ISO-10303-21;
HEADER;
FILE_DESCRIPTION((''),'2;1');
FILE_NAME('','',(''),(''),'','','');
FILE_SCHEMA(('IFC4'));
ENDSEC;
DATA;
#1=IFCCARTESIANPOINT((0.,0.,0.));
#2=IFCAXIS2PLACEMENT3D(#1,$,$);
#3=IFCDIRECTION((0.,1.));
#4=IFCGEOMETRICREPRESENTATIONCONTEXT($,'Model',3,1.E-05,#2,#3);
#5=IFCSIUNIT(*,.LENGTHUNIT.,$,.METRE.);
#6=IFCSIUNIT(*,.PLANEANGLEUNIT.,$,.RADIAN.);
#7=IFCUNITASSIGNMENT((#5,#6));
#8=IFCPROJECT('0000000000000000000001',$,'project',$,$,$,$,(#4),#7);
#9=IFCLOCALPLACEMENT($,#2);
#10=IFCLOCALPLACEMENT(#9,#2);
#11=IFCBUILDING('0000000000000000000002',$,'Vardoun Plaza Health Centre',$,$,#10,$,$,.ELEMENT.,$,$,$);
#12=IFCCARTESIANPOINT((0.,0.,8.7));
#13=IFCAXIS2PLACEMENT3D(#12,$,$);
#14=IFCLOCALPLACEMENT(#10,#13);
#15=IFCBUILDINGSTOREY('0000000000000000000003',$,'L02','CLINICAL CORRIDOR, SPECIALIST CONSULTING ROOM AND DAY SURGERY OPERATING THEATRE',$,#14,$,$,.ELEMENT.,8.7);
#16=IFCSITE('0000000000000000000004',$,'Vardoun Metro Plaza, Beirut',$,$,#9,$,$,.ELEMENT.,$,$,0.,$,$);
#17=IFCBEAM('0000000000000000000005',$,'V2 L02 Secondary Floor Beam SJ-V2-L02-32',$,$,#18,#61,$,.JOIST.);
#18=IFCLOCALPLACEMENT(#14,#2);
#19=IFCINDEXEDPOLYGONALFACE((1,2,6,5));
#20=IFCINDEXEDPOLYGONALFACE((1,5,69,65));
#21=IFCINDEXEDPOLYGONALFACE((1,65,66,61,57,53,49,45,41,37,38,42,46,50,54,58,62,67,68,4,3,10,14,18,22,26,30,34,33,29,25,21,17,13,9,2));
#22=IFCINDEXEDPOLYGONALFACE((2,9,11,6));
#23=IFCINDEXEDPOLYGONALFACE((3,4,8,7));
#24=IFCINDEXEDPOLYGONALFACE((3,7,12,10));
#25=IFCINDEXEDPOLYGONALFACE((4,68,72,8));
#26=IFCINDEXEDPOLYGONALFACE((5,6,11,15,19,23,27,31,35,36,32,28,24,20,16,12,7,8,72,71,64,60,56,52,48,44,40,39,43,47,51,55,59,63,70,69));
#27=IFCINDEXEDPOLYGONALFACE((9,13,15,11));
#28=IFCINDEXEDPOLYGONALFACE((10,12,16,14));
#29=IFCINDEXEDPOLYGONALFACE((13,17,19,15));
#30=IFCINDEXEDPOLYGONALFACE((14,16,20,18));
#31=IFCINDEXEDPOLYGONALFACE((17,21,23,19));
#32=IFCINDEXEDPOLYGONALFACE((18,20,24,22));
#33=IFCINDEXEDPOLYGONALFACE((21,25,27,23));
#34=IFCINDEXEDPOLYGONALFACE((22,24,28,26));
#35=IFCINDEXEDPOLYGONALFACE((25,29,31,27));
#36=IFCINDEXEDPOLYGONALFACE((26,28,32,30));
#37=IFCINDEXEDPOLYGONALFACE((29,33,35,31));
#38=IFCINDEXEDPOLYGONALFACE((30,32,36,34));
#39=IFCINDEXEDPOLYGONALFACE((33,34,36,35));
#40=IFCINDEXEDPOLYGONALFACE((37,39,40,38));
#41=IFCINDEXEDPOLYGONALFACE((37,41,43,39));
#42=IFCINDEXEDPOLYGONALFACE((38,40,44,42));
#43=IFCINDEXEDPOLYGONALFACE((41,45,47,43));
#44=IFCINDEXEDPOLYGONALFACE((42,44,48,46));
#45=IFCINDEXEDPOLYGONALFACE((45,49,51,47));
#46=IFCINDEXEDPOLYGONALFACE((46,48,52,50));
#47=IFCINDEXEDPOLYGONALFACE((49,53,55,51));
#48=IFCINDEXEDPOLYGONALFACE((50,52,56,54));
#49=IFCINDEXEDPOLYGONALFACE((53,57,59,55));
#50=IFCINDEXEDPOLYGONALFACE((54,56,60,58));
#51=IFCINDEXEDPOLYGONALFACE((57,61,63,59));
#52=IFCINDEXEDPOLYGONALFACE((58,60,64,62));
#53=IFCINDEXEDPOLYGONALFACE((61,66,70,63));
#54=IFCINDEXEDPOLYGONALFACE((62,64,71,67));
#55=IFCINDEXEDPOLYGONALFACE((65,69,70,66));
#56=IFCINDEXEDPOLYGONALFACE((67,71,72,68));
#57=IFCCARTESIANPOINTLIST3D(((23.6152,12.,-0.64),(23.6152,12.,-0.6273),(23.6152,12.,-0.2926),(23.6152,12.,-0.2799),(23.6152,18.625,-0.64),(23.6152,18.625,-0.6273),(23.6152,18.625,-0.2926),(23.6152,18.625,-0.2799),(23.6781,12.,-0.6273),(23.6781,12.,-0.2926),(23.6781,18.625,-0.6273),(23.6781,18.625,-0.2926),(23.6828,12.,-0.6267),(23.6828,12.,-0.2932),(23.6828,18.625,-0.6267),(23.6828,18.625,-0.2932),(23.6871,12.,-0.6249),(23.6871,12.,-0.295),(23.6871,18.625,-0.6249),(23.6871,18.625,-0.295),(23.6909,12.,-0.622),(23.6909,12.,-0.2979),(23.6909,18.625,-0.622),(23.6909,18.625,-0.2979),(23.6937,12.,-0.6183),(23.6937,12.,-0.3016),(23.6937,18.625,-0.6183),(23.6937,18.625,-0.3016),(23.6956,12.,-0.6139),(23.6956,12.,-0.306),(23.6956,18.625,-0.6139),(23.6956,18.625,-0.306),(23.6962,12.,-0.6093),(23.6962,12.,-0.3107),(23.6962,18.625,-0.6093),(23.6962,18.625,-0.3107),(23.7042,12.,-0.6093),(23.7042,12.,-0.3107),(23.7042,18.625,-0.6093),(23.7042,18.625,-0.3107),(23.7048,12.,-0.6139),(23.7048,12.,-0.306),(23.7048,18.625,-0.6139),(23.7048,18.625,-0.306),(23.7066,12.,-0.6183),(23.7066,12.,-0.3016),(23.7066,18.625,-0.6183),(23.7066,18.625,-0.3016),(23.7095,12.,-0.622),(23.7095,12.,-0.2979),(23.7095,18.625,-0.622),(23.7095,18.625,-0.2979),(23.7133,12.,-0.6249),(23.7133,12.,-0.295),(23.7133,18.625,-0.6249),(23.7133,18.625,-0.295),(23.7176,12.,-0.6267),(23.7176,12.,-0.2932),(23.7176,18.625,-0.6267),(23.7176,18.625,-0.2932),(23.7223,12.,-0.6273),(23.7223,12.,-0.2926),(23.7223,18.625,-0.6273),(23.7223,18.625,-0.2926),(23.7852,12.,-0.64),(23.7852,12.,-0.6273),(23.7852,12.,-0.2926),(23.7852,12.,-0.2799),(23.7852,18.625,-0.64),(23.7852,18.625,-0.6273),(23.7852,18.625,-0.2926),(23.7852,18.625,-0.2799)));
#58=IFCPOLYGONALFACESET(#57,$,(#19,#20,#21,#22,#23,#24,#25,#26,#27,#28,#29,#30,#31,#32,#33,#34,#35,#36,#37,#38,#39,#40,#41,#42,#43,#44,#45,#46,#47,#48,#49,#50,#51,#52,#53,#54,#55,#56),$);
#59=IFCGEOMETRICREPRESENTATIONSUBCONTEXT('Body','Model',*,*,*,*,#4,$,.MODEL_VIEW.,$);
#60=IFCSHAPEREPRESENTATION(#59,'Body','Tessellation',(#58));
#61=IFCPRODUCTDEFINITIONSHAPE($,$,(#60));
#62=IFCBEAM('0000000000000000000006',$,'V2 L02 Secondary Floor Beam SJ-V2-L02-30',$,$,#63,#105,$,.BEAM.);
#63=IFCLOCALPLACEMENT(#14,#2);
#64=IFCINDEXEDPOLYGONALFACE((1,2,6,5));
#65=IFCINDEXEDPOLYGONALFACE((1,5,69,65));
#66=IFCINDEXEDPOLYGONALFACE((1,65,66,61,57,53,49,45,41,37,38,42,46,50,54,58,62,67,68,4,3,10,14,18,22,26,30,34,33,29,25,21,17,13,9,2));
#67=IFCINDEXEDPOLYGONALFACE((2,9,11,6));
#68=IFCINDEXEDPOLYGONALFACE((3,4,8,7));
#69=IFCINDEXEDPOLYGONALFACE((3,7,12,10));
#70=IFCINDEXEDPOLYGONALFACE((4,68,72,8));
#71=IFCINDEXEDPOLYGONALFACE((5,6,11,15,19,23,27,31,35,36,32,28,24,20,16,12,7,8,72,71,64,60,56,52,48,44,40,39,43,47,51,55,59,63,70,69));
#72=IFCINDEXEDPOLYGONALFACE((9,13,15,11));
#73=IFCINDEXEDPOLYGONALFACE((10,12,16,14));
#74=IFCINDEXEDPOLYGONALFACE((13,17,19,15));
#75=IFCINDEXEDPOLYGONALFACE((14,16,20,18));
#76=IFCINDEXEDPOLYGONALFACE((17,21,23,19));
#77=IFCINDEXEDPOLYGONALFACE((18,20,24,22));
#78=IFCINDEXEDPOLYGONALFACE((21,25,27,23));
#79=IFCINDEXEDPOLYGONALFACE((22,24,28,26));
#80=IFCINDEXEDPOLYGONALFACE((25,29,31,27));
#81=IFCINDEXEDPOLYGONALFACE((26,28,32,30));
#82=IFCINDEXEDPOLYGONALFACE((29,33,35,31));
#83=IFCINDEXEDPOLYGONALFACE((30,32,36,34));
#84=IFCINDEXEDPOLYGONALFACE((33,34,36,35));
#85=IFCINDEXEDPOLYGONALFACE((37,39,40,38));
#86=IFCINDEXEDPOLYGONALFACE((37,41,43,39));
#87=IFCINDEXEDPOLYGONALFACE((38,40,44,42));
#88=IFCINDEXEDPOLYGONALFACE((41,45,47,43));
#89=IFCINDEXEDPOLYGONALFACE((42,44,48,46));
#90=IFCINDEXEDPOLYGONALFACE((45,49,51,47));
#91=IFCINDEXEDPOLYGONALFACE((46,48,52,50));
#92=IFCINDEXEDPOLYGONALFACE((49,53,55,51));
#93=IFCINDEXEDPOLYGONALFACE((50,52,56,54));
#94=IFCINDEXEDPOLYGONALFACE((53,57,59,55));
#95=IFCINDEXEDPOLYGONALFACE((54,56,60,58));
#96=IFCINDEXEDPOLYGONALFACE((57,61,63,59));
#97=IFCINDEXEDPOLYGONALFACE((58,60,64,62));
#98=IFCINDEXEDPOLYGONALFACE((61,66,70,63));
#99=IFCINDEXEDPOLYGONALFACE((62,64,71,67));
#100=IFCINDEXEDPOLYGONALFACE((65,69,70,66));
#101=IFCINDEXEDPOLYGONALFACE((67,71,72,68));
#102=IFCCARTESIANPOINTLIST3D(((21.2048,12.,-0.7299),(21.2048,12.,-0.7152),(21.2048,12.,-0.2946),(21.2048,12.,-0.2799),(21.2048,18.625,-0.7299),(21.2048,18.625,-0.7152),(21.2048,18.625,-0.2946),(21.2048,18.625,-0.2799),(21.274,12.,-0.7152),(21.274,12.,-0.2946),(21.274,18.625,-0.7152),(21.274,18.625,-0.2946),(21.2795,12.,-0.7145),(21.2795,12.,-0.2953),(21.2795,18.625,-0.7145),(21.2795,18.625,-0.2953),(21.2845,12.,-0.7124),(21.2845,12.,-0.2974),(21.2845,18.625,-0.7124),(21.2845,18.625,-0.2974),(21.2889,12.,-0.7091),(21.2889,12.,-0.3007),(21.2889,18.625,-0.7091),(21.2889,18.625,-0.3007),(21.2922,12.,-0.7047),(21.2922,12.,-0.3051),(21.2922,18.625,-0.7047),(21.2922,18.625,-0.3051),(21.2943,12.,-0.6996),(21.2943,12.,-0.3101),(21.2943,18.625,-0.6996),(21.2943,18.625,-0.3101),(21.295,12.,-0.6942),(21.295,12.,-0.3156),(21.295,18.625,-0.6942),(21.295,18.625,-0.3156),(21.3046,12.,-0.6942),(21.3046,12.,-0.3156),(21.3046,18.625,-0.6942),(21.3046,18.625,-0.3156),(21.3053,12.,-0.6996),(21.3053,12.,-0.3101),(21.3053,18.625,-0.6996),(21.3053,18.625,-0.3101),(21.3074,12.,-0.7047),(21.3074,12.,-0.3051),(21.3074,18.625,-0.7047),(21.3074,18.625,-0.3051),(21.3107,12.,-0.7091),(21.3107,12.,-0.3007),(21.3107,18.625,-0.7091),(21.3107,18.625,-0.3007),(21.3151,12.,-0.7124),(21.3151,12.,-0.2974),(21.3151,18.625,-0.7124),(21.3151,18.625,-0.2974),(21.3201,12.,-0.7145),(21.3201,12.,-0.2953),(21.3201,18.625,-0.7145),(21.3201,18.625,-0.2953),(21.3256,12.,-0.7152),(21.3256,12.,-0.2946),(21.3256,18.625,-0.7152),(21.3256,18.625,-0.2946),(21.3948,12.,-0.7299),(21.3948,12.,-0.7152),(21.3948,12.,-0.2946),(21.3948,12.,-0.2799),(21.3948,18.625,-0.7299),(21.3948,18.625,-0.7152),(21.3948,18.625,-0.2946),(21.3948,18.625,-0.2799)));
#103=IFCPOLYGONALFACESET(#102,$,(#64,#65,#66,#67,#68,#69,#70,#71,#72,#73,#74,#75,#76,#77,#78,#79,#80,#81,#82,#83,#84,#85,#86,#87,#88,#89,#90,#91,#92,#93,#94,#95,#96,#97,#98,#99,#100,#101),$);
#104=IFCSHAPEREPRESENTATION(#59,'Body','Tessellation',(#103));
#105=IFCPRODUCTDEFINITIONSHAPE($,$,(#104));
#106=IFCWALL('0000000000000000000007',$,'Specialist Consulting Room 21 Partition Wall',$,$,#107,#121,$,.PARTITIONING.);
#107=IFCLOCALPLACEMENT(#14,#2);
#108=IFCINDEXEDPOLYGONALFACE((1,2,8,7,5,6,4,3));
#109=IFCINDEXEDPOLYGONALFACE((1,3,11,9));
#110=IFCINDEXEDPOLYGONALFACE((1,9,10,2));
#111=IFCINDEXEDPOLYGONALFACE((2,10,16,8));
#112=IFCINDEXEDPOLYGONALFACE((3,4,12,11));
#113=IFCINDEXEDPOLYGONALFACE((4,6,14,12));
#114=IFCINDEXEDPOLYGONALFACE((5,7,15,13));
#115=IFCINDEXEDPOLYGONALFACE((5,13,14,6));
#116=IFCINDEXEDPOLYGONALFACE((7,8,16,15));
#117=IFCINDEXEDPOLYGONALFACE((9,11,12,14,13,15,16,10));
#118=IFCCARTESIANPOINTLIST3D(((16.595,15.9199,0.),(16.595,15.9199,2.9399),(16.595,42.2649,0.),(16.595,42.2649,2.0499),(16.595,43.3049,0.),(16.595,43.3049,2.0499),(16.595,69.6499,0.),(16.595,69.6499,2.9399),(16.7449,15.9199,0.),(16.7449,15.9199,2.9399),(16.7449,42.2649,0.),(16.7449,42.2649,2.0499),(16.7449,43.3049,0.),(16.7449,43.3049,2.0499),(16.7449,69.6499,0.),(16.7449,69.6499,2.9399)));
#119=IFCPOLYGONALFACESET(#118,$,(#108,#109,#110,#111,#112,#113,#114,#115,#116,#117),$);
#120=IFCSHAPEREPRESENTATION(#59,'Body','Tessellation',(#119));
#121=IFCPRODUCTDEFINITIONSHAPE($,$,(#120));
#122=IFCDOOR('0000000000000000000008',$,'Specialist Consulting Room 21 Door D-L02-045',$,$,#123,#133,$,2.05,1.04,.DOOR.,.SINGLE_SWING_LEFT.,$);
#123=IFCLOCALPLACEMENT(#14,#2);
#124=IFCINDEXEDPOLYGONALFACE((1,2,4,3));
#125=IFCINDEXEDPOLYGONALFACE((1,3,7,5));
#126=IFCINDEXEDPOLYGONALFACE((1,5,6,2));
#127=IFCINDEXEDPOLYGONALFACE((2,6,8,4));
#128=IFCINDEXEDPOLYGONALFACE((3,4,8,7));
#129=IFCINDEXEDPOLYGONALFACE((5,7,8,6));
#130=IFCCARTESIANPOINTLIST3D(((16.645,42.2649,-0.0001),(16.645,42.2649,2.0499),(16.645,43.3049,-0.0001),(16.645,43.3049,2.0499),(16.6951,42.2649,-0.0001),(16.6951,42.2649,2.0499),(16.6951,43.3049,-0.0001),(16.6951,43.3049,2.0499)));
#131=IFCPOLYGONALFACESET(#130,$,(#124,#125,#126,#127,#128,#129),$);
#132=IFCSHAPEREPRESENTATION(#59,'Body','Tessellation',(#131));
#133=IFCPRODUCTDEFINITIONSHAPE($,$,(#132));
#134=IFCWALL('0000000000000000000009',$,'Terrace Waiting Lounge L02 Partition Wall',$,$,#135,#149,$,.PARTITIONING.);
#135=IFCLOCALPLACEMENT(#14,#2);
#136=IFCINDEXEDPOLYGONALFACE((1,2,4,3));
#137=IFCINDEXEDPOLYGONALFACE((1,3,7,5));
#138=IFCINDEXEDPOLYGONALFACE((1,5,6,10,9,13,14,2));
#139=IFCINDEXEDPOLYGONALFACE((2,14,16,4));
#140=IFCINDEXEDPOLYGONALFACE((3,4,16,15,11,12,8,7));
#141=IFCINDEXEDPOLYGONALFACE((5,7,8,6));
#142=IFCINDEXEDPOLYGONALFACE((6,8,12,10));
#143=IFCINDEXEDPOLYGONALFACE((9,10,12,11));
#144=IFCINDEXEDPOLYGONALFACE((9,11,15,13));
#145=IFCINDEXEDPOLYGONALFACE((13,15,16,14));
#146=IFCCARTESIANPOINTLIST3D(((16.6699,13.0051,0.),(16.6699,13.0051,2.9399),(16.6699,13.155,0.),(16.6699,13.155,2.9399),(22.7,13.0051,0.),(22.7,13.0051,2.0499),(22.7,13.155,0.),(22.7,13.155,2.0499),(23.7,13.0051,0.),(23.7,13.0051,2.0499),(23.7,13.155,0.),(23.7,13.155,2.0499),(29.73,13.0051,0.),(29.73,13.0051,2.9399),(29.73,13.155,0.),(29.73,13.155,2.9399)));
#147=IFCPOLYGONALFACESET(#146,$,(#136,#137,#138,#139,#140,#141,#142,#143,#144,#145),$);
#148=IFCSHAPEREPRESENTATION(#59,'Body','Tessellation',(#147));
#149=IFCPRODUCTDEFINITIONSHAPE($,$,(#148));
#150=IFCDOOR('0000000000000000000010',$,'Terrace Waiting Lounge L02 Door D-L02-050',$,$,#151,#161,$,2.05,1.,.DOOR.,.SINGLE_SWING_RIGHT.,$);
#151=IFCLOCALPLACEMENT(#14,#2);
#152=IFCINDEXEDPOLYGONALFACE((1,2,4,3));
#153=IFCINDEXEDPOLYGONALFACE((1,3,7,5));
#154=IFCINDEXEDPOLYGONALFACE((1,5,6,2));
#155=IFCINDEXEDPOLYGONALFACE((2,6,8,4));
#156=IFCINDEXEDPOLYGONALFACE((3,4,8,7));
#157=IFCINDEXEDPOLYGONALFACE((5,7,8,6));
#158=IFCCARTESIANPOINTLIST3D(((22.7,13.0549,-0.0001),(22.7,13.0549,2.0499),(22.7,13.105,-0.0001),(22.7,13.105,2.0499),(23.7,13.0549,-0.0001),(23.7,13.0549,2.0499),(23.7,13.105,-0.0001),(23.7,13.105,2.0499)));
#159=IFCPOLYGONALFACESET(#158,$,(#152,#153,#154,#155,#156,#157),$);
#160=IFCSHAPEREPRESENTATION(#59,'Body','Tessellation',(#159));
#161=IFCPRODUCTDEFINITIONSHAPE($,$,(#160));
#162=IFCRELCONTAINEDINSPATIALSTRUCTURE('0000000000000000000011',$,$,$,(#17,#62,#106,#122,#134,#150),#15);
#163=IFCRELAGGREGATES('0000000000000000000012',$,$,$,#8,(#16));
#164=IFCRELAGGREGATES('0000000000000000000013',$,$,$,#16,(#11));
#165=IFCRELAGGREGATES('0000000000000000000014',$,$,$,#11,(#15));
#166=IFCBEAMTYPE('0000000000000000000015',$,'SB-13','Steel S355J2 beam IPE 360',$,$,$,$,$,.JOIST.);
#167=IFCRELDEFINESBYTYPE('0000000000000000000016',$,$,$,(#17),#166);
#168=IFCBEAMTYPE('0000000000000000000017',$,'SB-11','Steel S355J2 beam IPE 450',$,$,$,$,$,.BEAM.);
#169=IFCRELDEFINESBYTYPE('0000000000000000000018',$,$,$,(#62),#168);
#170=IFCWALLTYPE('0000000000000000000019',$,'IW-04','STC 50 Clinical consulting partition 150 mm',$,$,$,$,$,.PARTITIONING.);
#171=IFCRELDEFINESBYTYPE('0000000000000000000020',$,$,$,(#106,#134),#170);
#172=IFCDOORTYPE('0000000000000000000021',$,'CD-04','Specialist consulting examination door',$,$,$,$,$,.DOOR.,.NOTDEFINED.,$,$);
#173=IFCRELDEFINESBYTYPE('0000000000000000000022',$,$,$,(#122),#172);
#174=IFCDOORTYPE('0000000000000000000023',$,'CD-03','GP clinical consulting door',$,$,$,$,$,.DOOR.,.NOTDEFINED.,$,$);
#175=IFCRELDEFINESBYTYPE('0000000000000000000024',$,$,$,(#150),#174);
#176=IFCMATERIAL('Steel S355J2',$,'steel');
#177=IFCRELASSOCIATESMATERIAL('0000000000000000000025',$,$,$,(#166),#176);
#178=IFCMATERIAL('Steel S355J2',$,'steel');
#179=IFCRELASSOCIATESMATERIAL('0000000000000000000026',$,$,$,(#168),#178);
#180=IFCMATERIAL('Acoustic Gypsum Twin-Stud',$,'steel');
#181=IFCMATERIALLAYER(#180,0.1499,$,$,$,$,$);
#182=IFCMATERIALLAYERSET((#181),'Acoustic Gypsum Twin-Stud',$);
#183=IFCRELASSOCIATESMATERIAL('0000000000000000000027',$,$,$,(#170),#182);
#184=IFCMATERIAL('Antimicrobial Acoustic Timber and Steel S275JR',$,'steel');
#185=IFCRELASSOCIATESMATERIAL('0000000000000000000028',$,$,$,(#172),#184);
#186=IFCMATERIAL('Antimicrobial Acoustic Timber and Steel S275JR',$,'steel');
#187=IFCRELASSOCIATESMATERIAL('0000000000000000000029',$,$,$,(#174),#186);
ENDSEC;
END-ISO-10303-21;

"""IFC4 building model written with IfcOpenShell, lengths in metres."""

from ifc_helpers import new_model, si_unit, direction, frame, frame_2d, origin, origin_2d, place, context, subcontext, project, spatial, rectangle, i_section, extrude, material, layer, layer_set, material_profile, profile_set, type_object, element, fill, save


model = new_model("IFC4")

# Units and contexts
model_context = context("Model", 3, precision=1e-05, world=origin(), true_north=direction((0.0, 1.0)))
body_context = subcontext(model_context, "Body", "Model", "MODEL_VIEW")
ifc_project = project(units=[si_unit("LENGTHUNIT", "METRE"), si_unit("PLANEANGLEUNIT", "RADIAN")], contexts=[model_context])

# Site, building, storey
site_placement = place(None, origin())
site = spatial("IfcSite", under=ifc_project, at=site_placement, Name="Vardoun Metro Plaza, Beirut", CompositionType="ELEMENT", RefElevation=0.0)
building_placement = place(site_placement, origin())
building = spatial("IfcBuilding", under=site, at=building_placement, Name="Vardoun Plaza Health Centre", CompositionType="ELEMENT")
storey_placement = place(building_placement, frame((0.0, 0.0, 8.7)))
storey = spatial("IfcBuildingStorey", under=building, at=storey_placement, Name="L02", Description="CLINICAL CORRIDOR, SPECIALIST CONSULTING ROOM AND DAY SURGERY OPERATING THEATRE", CompositionType="ELEMENT", Elevation=8.7)

# Beams
ifc_material_1 = material(Name="Steel S355J2", Category="steel")
ifc_material_profile_1 = material_profile(ifc_material_1, i_section(OverallWidth=0.1699, OverallDepth=0.3601, WebThickness=0.0081, FlangeThickness=0.0127, FilletRadius=0.0181, at=origin_2d()), Name="IPE 360")
ifc_profile_set_1 = profile_set([ifc_material_profile_1], Name="Steel S355J2")
beam_type_1 = type_object("IfcBeamType", Name="SB-13", Description="Steel S355J2 beam IPE 360", PredefinedType="JOIST", material=ifc_profile_set_1)
beam_1_placement = place(storey_placement, frame((23.7002, 12.0, -0.46), z_axis=(0.0, 1.0, 0.0), x_axis=(-1.0, 0.0, 0.0)))
element("IfcBeam", 1, at=beam_1_placement, inside=storey, type_object=beam_type_1, Name="V2 L02 Secondary Floor Beam SJ-V2-L02-32", PredefinedType="JOIST", context=body_context, shape_type="SweptSolid", body=[
    extrude(i_section(OverallWidth=0.1699, OverallDepth=0.3601, WebThickness=0.0081, FlangeThickness=0.0127, FilletRadius=0.0181, at=origin_2d()), origin(), (0.0, 0.0, 1.0), 6.625),
])
ifc_material_2 = material(Name="Steel S355J2", Category="steel")
ifc_material_profile_2 = material_profile(ifc_material_2, i_section(OverallWidth=0.1899, OverallDepth=0.45, WebThickness=0.0095, FlangeThickness=0.0146, FilletRadius=0.021, at=origin_2d()), Name="IPE 450")
ifc_profile_set_2 = profile_set([ifc_material_profile_2], Name="Steel S355J2")
beam_type_2 = type_object("IfcBeamType", Name="SB-11", Description="Steel S355J2 beam IPE 450", PredefinedType="BEAM", material=ifc_profile_set_2)
beam_2_placement = place(storey_placement, frame((21.2998, 12.0, -0.5049), z_axis=(0.0, 1.0, 0.0), x_axis=(-1.0, 0.0, 0.0)))
element("IfcBeam", 2, at=beam_2_placement, inside=storey, type_object=beam_type_2, Name="V2 L02 Secondary Floor Beam SJ-V2-L02-30", PredefinedType="BEAM", context=body_context, shape_type="SweptSolid", body=[
    extrude(i_section(OverallWidth=0.1899, OverallDepth=0.45, WebThickness=0.0095, FlangeThickness=0.0146, FilletRadius=0.021, at=origin_2d()), origin(), (0.0, 0.0, 1.0), 6.625),
])

# Walls, openings, doors
ifc_material_3 = material(Name="Acoustic Gypsum Twin-Stud", Category="steel")
ifc_layer_1 = layer(ifc_material_3, 0.1499)
ifc_layer_set_1 = layer_set([ifc_layer_1], Name="Acoustic Gypsum Twin-Stud")
wall_type_1 = type_object("IfcWallType", Name="IW-04", Description="STC 50 Clinical consulting partition 150 mm", PredefinedType="PARTITIONING", material=ifc_layer_set_1)
wall_1_placement = place(storey_placement, frame((16.6699, 15.9199, 0.0), z_axis=(0.0, 0.0, 1.0), x_axis=(0.0, 1.0, 0.0)))
wall_1 = element("IfcWall", 3, at=wall_1_placement, inside=storey, type_object=wall_type_1, Name="Specialist Consulting Room 21 Partition Wall", PredefinedType="PARTITIONING", context=body_context, shape_type="SweptSolid", body=[
    extrude(rectangle(XDim=53.73, YDim=0.1499, at=frame_2d((26.865, 0.0))), origin(), (0.0, 0.0, 1.0), 2.9399),
])
opening_1_placement = place(wall_1_placement, frame((26.345, 0.0, 0.0)))
opening_1 = element("IfcOpeningElement", 4, at=opening_1_placement, cuts=wall_1, PredefinedType="OPENING", context=body_context, shape_type="SweptSolid", body=[
    extrude(rectangle(XDim=1.04, YDim=2.05, at=frame_2d((0.52, 1.0249))), frame((0.0, 0.075, 0.0), z_axis=(0.0, -1.0, 0.0), x_axis=(1.0, 0.0, 0.0)), (0.0, 0.0, 1.0), 0.1499),
])
ifc_material_4 = material(Name="Antimicrobial Acoustic Timber and Steel S275JR", Category="steel")
door_type_1 = type_object("IfcDoorType", Name="CD-04", Description="Specialist consulting examination door", OperationType="NOTDEFINED", PredefinedType="DOOR", material=ifc_material_4)
door_1_placement = place(opening_1_placement, origin())
door_1 = element("IfcDoor", 5, at=door_1_placement, inside=storey, type_object=door_type_1, Name="Specialist Consulting Room 21 Door D-L02-045", OperationType="SINGLE_SWING_LEFT", OverallHeight=2.05, OverallWidth=1.04, PredefinedType="DOOR", context=body_context, shape_type="SweptSolid", body=[
    extrude(rectangle(XDim=1.04, YDim=2.05, at=frame_2d((0.52, 1.0249))), frame((0.0, 0.0249, 0.0), z_axis=(0.0, -1.0, 0.0), x_axis=(1.0, 0.0, 0.0)), (0.0, 0.0, 1.0), 0.05),
])
fill(opening_1, door_1)
wall_2_placement = place(storey_placement, frame((16.6699, 13.0801, 0.0), z_axis=(0.0, 0.0, 1.0), x_axis=(1.0, 0.0, 0.0)))
wall_2 = element("IfcWall", 6, at=wall_2_placement, inside=storey, type_object=wall_type_1, Name="Terrace Waiting Lounge L02 Partition Wall", PredefinedType="PARTITIONING", context=body_context, shape_type="SweptSolid", body=[
    extrude(rectangle(XDim=13.0601, YDim=0.1499, at=frame_2d((6.53, 0.0))), origin(), (0.0, 0.0, 1.0), 2.9399),
])
opening_2_placement = place(wall_2_placement, frame((6.03, 0.0, 0.0)))
opening_2 = element("IfcOpeningElement", 7, at=opening_2_placement, cuts=wall_2, PredefinedType="OPENING", context=body_context, shape_type="SweptSolid", body=[
    extrude(rectangle(XDim=1.0, YDim=2.05, at=frame_2d((0.5, 1.0249))), frame((0.0, 0.075, 0.0), z_axis=(0.0, -1.0, 0.0), x_axis=(1.0, 0.0, 0.0)), (0.0, 0.0, 1.0), 0.1499),
])
ifc_material_5 = material(Name="Antimicrobial Acoustic Timber and Steel S275JR", Category="steel")
door_type_2 = type_object("IfcDoorType", Name="CD-03", Description="GP clinical consulting door", OperationType="NOTDEFINED", PredefinedType="DOOR", material=ifc_material_5)
door_2_placement = place(opening_2_placement, origin())
door_2 = element("IfcDoor", 8, at=door_2_placement, inside=storey, type_object=door_type_2, Name="Terrace Waiting Lounge L02 Door D-L02-050", OperationType="SINGLE_SWING_RIGHT", OverallHeight=2.05, OverallWidth=1.0, PredefinedType="DOOR", context=body_context, shape_type="SweptSolid", body=[
    extrude(rectangle(XDim=1.0, YDim=2.05, at=frame_2d((0.5, 1.0249))), frame((0.0, 0.0249, 0.0), z_axis=(0.0, -1.0, 0.0), x_axis=(1.0, 0.0, 0.0)), (0.0, 0.0, 1.0), 0.05),
])
fill(opening_2, door_2)

save(model, "model.ifc")
